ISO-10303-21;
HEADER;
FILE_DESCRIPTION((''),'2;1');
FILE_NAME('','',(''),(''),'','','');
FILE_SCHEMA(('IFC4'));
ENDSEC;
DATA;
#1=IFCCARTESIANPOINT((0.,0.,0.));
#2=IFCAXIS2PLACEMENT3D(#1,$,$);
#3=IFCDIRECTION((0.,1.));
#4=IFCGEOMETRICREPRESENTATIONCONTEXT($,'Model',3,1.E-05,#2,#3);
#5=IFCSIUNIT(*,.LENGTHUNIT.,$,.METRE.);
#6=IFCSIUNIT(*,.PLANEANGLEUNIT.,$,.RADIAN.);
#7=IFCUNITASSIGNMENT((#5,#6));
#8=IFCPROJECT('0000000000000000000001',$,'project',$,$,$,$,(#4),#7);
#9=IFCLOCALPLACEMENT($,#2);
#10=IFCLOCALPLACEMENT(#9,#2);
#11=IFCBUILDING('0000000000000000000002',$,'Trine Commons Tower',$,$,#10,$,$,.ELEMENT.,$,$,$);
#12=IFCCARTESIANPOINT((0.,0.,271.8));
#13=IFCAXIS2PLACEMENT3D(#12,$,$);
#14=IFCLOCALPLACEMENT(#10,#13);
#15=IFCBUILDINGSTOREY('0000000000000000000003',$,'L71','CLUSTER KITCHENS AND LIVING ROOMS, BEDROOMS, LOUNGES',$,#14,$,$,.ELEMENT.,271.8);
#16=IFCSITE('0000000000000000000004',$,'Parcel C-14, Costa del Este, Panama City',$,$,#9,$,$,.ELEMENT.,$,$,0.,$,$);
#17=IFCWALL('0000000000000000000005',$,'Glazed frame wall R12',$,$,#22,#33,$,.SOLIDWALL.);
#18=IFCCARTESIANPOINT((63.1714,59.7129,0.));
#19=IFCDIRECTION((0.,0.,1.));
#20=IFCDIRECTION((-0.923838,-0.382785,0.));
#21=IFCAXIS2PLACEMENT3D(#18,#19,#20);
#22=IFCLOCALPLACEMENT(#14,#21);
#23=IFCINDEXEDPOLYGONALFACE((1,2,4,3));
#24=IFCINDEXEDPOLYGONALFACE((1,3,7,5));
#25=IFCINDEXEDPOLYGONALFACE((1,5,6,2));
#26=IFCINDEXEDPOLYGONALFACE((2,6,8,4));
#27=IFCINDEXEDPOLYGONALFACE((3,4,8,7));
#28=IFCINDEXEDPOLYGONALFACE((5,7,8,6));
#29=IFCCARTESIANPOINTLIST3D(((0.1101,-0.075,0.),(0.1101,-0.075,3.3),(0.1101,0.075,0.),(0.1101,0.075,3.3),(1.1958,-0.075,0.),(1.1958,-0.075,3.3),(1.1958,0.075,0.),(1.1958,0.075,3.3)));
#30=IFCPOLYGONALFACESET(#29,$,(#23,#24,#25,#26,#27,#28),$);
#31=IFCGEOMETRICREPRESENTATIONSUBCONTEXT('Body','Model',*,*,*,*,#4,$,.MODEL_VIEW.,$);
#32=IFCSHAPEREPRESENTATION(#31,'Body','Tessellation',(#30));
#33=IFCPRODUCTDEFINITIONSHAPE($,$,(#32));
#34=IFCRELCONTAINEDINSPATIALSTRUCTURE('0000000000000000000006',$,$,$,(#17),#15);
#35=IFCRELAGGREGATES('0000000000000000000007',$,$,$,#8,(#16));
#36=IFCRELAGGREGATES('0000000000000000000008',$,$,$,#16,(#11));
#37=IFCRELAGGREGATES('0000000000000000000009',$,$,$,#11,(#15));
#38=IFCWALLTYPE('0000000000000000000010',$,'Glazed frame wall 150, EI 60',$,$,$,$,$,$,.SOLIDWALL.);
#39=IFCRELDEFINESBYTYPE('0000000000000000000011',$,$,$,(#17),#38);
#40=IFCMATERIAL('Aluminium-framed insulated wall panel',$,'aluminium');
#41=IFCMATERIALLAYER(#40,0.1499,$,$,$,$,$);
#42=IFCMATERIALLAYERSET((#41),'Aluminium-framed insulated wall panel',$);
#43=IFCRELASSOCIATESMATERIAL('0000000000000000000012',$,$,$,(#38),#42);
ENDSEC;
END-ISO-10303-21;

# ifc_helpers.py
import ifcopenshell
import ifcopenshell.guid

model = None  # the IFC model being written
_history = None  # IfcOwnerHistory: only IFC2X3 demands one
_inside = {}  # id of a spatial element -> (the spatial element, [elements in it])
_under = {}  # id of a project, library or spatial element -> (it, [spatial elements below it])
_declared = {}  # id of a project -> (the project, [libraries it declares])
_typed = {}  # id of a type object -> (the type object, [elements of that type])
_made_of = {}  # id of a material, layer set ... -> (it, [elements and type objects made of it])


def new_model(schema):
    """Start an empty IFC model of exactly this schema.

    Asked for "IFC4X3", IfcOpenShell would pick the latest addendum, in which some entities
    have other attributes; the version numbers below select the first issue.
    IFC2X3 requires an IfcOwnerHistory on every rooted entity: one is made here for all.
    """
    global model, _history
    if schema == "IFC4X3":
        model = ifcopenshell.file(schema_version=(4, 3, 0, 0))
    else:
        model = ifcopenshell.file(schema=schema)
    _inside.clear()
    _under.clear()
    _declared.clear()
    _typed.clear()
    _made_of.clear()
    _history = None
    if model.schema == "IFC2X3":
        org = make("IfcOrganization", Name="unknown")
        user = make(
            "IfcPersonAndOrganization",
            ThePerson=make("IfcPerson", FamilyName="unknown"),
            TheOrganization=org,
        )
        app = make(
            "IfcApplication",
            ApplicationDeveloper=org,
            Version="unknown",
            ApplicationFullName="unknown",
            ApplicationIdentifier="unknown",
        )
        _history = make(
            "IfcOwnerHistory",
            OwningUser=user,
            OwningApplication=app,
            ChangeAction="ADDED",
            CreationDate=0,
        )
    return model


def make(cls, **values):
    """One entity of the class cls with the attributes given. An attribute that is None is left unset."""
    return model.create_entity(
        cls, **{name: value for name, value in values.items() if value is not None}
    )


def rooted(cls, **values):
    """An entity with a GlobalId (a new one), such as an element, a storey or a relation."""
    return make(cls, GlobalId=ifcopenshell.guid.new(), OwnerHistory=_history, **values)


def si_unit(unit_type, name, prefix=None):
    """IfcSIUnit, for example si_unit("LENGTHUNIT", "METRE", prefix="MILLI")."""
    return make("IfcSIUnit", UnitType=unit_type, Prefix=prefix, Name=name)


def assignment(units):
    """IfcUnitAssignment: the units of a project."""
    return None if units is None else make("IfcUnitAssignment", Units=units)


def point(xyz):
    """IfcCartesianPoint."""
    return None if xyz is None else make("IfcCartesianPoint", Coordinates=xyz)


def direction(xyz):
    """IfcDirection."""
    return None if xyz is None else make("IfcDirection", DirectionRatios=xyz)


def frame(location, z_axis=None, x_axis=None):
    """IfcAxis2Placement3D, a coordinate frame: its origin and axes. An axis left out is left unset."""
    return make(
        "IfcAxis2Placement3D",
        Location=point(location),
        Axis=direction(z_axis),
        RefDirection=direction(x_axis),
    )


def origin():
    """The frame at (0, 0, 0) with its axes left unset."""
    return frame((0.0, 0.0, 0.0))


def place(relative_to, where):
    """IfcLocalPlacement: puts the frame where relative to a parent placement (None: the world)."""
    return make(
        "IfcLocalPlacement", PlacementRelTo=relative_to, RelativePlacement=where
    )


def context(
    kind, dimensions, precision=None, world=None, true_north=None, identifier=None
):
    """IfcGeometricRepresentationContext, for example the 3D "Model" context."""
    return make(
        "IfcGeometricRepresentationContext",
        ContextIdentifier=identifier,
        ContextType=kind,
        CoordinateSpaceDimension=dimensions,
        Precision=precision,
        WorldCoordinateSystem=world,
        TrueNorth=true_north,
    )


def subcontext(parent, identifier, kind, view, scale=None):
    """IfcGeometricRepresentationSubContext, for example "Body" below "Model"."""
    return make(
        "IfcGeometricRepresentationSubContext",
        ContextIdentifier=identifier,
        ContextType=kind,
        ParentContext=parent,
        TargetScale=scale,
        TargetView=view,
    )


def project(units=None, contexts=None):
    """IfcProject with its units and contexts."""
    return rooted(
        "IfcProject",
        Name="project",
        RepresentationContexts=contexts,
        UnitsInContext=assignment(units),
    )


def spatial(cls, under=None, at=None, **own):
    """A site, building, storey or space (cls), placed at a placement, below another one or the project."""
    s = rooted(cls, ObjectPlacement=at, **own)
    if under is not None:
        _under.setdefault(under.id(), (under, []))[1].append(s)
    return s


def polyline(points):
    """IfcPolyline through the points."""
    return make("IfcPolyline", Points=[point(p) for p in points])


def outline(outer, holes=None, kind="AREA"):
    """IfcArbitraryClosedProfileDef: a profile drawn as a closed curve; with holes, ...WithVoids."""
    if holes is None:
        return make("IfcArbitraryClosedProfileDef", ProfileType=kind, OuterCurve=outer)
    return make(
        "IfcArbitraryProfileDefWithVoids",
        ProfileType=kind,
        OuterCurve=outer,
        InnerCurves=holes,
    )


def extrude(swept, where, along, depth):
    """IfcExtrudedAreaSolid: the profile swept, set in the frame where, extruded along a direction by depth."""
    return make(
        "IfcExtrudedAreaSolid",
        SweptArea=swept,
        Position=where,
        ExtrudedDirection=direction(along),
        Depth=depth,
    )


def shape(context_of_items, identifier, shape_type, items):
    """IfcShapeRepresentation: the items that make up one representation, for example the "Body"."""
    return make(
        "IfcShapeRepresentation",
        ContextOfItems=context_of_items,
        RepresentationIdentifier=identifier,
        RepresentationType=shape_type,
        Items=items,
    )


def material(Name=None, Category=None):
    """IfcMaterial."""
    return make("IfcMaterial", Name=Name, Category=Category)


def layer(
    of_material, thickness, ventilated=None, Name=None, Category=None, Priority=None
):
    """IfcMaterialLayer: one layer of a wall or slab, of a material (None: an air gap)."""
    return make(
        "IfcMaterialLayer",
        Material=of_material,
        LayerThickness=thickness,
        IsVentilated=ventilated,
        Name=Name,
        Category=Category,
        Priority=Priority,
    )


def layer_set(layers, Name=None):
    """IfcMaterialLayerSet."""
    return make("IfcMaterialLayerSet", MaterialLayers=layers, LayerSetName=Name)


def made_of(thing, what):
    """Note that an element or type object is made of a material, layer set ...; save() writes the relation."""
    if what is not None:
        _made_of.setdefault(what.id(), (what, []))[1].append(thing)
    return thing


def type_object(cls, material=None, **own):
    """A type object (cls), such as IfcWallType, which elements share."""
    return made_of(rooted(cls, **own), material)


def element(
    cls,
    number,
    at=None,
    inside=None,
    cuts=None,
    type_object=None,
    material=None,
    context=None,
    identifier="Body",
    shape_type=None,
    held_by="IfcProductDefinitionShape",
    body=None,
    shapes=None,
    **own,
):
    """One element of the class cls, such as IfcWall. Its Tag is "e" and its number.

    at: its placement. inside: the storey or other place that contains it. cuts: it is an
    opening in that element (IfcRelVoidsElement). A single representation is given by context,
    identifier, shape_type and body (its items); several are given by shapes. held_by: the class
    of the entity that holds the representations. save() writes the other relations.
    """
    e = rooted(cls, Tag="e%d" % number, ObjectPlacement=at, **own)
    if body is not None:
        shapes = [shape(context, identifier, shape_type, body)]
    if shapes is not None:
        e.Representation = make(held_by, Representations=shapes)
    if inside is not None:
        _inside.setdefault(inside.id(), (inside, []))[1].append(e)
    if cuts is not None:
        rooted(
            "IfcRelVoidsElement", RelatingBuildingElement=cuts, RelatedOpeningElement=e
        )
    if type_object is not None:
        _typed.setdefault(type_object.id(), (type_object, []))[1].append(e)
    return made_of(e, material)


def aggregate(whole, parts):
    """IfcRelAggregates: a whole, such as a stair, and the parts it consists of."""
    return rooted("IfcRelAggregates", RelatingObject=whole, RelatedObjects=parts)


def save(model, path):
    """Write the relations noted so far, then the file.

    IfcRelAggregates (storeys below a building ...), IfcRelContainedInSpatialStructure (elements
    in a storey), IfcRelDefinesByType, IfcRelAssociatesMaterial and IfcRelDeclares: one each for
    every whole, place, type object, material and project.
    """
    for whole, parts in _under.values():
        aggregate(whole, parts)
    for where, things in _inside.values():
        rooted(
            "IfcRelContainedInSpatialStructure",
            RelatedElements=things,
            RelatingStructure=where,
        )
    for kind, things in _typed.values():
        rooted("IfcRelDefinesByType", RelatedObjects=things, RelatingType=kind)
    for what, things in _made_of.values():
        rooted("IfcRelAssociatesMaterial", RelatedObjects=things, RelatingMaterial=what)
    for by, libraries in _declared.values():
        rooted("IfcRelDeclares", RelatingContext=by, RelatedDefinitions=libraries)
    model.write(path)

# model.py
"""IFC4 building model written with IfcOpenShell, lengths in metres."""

from ifc_helpers import new_model, si_unit, direction, frame, origin, place, context, subcontext, project, spatial, polyline, outline, extrude, material, layer, layer_set, type_object, element, save


model = new_model("IFC4")

# Units and contexts
model_context = context("Model", 3, precision=1e-05, world=origin(), true_north=direction((0.0, 1.0)))
body_context = subcontext(model_context, "Body", "Model", "MODEL_VIEW")
ifc_project = project(units=[si_unit("LENGTHUNIT", "METRE"), si_unit("PLANEANGLEUNIT", "RADIAN")], contexts=[model_context])

# Site, building, storey
site_placement = place(None, origin())
site = spatial("IfcSite", under=ifc_project, at=site_placement, Name="Parcel C-14, Costa del Este, Panama City", CompositionType="ELEMENT", RefElevation=0.0)
building_placement = place(site_placement, origin())
building = spatial("IfcBuilding", under=site, at=building_placement, Name="Trine Commons Tower", CompositionType="ELEMENT")
storey_placement = place(building_placement, frame((0.0, 0.0, 271.8)))
storey = spatial("IfcBuildingStorey", under=building, at=storey_placement, Name="L71", Description="CLUSTER KITCHENS AND LIVING ROOMS, BEDROOMS, LOUNGES", CompositionType="ELEMENT", Elevation=271.8)

# Shared definitions
ifc_material_1 = material(Name="Aluminium-framed insulated wall panel", Category="aluminium")
ifc_layer_1 = layer(ifc_material_1, 0.1499)
ifc_layer_set_1 = layer_set([ifc_layer_1], Name="Aluminium-framed insulated wall panel")
wall_type_1 = type_object("IfcWallType", Name="Glazed frame wall 150, EI 60", PredefinedType="SOLIDWALL", material=ifc_layer_set_1)

# Wall
wall_1_placement = place(storey_placement, frame((63.1714, 59.7129, 0.0), z_axis=(0.0, 0.0, 1.0), x_axis=(-0.923838, -0.382785, 0.0)))
element("IfcWall", 1, at=wall_1_placement, inside=storey, type_object=wall_type_1, Name="Glazed frame wall R12", PredefinedType="SOLIDWALL", context=body_context, shape_type="SweptSolid", body=[
    extrude(outline(polyline([(0.1101, 0.075), (0.1101, -0.075), (1.1958, -0.075), (1.1958, 0.075), (0.1101, 0.075)])), origin(), (0.0, 0.0, 1.0), 3.3),
])

save(model, "model.ifc")
